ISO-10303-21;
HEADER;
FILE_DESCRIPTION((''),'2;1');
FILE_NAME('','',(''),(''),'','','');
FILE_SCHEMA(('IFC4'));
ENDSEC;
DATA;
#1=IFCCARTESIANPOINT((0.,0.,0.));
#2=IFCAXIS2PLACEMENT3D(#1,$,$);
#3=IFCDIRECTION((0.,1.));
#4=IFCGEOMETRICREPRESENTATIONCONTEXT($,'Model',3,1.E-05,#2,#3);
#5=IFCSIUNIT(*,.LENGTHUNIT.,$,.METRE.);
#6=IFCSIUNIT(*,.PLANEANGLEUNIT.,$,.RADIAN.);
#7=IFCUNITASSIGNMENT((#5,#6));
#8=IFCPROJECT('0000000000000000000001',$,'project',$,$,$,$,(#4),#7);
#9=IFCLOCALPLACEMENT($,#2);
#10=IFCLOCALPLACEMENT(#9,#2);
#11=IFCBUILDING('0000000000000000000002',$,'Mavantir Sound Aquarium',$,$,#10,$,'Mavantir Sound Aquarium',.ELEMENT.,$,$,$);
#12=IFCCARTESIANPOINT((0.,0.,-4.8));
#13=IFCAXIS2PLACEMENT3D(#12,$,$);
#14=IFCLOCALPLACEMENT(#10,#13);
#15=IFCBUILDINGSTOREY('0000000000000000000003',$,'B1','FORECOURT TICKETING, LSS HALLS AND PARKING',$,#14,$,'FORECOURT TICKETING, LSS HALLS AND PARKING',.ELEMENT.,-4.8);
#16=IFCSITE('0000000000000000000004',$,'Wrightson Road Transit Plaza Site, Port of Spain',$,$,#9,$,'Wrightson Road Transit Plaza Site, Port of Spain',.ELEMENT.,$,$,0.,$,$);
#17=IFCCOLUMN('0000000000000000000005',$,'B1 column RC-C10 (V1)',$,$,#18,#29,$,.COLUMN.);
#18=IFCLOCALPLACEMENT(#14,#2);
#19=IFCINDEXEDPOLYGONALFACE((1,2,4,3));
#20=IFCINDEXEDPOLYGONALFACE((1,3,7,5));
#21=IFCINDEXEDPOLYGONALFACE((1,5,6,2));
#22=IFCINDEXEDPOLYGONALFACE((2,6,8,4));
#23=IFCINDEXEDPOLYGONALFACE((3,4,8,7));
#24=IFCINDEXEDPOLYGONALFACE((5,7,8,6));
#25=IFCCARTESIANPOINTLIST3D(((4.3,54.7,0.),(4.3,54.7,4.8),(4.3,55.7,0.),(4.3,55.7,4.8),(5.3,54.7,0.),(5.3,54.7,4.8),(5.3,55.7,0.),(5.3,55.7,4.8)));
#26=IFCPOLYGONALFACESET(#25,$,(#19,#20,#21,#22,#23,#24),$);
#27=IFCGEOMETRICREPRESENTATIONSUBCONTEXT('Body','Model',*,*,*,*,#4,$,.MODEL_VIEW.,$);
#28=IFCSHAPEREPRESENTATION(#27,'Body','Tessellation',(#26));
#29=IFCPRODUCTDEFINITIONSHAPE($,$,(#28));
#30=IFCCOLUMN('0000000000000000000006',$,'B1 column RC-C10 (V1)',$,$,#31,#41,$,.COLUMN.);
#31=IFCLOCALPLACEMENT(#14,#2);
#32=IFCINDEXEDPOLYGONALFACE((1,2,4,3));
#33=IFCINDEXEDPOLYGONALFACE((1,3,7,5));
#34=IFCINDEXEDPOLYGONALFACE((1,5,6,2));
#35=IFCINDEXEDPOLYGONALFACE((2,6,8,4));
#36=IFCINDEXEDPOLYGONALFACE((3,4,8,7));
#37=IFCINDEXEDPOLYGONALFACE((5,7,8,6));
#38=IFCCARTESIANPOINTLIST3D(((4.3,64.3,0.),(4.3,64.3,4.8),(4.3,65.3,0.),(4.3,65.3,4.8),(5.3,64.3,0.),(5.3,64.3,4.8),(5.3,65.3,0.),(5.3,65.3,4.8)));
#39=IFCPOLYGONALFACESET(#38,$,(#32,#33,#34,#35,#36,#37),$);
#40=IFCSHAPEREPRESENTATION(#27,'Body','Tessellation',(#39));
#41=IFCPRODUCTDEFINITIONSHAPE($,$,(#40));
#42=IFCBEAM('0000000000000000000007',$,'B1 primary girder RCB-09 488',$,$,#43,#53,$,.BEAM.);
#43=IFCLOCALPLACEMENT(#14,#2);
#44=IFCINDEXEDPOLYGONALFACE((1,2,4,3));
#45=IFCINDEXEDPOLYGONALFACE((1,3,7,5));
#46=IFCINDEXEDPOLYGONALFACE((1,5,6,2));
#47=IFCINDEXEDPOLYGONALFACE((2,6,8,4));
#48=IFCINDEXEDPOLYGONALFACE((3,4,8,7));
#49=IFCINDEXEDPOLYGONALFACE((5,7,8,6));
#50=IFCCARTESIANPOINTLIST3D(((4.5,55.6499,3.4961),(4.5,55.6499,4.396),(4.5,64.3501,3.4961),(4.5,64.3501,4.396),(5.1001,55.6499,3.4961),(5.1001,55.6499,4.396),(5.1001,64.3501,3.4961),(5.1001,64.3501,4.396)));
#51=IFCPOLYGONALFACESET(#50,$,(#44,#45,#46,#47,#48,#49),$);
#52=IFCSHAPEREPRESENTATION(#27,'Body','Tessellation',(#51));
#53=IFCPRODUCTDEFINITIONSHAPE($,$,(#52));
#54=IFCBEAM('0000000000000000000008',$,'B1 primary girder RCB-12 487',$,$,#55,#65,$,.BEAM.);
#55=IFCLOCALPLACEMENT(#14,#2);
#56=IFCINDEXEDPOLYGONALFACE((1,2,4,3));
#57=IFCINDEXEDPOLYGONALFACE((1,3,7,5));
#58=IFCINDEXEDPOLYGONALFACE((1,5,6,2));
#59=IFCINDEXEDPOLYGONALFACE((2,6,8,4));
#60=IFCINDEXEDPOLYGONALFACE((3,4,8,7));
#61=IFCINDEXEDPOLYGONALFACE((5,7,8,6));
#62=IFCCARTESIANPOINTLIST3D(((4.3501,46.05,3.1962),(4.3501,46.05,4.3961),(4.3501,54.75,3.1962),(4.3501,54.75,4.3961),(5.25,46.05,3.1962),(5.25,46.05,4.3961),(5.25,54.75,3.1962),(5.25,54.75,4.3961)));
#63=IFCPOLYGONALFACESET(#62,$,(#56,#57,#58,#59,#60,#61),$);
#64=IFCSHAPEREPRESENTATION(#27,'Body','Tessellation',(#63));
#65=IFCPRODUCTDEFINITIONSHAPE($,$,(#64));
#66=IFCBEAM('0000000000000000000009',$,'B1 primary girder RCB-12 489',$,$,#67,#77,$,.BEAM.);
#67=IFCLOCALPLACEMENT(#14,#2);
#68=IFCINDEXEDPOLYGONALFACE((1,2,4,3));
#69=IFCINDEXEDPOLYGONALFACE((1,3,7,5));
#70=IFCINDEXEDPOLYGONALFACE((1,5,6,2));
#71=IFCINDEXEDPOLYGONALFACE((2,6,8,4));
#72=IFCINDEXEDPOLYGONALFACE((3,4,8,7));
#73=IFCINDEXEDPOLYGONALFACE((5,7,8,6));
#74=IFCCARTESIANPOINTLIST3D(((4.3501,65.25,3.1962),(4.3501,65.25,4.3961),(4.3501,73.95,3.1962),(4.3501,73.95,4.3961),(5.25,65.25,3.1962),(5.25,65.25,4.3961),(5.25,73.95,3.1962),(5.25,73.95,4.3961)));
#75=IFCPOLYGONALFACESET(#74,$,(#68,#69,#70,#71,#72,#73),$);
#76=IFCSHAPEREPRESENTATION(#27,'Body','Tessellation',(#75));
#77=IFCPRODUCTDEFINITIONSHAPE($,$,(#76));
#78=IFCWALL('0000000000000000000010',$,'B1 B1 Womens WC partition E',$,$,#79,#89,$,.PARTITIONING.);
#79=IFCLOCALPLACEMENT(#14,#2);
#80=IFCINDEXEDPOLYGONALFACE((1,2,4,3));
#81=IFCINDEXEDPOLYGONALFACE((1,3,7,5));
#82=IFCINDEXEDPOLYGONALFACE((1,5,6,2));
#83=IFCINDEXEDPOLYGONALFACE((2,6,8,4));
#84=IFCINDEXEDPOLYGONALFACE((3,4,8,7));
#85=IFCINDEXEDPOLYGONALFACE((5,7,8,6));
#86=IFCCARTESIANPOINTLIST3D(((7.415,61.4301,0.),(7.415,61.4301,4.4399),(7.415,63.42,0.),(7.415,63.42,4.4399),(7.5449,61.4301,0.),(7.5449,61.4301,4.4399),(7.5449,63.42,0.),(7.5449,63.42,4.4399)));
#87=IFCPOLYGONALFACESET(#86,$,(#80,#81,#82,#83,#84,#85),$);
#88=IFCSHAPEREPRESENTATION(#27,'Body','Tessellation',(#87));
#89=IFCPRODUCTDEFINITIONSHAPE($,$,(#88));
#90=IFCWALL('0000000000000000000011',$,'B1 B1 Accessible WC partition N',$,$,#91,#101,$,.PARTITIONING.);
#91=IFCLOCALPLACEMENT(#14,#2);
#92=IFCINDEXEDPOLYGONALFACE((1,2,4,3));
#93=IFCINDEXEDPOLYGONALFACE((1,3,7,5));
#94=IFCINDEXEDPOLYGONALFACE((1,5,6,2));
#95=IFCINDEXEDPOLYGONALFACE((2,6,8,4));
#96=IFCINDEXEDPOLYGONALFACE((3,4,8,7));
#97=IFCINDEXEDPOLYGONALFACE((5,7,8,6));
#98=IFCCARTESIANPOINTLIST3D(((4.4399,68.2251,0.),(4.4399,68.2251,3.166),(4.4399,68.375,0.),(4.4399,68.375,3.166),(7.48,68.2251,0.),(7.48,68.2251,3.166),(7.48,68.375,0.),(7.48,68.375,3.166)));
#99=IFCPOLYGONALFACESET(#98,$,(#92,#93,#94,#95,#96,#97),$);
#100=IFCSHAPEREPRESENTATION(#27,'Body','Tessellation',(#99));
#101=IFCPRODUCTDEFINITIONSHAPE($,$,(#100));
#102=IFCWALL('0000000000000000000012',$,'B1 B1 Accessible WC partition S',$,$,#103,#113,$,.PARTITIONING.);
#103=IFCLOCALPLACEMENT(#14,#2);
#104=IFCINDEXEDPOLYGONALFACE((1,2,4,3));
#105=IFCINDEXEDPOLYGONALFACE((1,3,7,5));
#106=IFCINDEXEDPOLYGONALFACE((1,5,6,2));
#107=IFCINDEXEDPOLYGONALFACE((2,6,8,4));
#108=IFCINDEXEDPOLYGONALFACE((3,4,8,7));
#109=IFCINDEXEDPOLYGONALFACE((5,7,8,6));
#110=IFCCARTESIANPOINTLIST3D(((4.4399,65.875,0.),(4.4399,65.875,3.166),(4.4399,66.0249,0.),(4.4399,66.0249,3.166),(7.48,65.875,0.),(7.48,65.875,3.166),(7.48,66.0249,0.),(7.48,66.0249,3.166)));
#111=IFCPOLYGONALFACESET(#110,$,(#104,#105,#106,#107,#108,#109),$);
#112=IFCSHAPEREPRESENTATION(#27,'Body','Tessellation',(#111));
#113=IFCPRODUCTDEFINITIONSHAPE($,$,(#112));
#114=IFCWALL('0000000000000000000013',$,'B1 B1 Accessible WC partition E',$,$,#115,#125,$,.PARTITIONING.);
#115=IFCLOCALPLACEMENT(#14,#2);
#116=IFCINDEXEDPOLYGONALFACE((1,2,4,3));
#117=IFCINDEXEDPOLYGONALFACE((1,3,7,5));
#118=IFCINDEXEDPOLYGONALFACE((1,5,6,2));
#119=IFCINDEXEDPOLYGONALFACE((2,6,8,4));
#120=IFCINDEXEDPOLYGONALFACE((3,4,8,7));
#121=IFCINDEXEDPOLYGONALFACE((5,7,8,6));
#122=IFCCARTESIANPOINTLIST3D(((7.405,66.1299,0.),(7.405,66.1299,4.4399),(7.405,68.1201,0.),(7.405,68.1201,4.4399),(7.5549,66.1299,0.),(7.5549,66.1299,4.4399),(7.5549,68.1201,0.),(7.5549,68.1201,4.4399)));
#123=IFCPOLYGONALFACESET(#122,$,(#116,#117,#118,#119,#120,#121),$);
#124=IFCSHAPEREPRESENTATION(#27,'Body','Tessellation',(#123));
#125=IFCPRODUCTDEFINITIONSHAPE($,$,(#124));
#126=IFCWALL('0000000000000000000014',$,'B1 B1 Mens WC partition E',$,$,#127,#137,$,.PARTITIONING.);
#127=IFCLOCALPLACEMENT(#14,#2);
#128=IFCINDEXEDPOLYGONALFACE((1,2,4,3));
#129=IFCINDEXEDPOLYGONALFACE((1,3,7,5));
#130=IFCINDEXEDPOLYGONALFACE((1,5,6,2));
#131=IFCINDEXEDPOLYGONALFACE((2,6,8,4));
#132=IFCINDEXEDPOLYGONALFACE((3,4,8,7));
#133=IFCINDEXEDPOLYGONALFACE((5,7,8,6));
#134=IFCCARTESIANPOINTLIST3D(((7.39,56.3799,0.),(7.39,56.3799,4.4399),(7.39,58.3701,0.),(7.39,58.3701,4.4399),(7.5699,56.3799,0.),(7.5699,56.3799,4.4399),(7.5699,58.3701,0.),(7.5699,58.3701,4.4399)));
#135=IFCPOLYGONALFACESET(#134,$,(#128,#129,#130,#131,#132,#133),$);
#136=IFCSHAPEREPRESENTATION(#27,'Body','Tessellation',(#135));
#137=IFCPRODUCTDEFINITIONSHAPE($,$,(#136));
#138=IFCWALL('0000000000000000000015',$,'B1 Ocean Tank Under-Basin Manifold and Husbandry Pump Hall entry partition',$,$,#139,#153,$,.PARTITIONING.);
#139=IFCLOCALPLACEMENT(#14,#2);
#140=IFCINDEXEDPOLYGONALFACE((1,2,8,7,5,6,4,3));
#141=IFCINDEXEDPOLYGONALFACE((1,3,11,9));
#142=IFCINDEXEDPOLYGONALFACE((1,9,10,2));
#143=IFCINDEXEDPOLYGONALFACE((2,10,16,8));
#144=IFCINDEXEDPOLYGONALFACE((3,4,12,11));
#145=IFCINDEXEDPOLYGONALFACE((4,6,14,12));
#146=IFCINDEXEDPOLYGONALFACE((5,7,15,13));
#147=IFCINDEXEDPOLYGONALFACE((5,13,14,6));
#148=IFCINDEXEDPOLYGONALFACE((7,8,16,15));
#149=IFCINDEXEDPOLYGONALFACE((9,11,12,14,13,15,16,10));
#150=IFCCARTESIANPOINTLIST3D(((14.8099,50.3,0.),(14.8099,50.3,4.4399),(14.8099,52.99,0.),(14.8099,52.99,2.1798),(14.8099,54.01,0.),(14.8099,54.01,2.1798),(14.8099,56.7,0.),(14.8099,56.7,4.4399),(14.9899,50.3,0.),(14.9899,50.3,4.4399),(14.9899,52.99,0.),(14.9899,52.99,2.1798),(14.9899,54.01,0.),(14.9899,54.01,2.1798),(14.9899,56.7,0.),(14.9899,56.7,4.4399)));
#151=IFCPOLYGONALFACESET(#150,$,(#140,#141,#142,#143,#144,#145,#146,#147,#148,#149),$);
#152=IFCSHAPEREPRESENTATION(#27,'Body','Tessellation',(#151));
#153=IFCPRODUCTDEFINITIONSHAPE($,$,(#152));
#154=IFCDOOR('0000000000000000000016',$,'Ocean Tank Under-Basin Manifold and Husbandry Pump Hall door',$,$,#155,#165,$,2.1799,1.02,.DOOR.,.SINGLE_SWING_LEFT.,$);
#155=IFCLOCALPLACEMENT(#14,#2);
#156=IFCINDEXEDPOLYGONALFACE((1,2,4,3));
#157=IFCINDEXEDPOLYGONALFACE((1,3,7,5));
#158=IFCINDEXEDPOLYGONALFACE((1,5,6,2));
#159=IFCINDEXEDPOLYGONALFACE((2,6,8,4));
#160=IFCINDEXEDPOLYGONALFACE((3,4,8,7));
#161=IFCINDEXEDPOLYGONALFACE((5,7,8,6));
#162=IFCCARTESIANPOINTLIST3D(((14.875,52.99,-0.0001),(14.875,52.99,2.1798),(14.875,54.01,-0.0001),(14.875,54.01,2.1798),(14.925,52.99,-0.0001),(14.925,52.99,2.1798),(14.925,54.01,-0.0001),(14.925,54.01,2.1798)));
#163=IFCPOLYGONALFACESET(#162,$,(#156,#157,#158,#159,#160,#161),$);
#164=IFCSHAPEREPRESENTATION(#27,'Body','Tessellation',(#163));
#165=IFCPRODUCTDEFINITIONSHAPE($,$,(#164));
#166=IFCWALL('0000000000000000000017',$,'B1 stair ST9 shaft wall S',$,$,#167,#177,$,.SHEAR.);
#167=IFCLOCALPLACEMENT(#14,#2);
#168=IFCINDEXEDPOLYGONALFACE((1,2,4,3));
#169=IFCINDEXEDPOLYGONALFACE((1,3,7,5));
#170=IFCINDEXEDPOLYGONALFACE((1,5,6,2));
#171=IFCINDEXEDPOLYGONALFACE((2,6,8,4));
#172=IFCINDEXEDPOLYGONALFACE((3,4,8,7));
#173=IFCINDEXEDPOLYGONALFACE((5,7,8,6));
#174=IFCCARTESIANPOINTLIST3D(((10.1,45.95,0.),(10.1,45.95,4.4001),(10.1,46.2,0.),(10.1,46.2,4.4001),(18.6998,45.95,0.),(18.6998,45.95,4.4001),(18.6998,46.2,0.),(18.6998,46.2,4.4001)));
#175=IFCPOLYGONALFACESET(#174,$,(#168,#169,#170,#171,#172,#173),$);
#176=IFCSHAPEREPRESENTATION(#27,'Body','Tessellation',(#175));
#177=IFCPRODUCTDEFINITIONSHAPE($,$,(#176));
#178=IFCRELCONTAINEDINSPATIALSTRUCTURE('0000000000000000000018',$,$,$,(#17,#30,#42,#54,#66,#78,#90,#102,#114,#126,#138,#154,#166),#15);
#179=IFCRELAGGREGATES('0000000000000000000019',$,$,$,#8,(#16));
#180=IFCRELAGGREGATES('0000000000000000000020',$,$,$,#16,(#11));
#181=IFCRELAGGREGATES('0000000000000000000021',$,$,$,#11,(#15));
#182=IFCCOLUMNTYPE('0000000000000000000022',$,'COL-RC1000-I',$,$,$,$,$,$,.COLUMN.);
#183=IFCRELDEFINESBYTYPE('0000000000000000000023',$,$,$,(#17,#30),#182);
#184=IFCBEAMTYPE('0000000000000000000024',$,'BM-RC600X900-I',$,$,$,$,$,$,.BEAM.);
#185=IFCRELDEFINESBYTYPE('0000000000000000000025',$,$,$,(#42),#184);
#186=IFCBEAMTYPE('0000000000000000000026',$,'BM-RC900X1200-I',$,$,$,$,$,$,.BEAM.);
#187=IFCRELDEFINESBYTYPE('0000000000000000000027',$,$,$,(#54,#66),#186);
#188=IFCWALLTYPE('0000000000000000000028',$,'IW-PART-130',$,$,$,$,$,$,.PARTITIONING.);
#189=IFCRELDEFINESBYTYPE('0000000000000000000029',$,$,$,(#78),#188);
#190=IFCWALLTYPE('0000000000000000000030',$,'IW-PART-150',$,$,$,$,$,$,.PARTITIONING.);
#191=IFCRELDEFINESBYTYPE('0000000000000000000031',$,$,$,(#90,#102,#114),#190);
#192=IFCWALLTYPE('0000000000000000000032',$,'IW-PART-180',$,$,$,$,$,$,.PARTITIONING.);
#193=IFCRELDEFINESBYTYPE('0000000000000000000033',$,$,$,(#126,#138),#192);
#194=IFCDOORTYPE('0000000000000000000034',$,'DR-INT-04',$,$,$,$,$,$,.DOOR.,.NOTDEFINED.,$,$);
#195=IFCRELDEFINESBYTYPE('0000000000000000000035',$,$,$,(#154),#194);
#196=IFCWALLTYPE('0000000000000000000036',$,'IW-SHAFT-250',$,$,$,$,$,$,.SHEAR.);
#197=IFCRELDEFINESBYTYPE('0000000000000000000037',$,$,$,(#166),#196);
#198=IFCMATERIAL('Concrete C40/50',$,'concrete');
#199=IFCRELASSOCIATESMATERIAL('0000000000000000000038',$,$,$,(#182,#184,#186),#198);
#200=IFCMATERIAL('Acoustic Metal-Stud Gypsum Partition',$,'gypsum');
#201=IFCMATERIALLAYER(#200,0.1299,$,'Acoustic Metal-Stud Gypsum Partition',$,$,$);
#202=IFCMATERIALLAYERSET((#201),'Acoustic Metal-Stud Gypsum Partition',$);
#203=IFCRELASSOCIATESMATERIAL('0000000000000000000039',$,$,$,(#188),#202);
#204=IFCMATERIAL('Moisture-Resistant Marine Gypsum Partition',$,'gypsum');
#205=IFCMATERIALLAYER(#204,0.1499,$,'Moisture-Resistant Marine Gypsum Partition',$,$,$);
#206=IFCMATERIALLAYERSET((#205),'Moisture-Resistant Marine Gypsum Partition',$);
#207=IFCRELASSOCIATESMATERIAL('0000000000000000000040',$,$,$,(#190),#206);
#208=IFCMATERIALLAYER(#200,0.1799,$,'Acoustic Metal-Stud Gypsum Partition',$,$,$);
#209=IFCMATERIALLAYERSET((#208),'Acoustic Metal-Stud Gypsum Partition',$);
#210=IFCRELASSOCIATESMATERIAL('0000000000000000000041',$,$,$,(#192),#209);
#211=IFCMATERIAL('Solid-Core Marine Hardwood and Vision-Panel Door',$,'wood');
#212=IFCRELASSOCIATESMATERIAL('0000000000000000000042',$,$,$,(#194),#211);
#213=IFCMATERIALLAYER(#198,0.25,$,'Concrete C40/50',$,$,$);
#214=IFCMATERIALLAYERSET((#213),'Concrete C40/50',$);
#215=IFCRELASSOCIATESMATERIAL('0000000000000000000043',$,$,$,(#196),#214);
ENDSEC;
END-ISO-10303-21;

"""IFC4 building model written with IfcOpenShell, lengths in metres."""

from ifc_helpers import new_model, si_unit, direction, frame, frame_2d, origin, origin_2d, place, context, subcontext, project, spatial, rectangle, extrude, material, layer, layer_set, material_profile, profile_set, type_object, element, fill, save


model = new_model("IFC4")

# Units and contexts
model_context = context("Model", 3, precision=1e-05, world=origin(), true_north=direction((0.0, 1.0)))
body_context = subcontext(model_context, "Body", "Model", "MODEL_VIEW")
ifc_project = project(units=[si_unit("LENGTHUNIT", "METRE"), si_unit("PLANEANGLEUNIT", "RADIAN")], contexts=[model_context])

# Site, building, storey
site_placement = place(None, origin())
site = spatial("IfcSite", under=ifc_project, at=site_placement, Name="Wrightson Road Transit Plaza Site, Port of Spain", LongName="Wrightson Road Transit Plaza Site, Port of Spain", CompositionType="ELEMENT", RefElevation=0.0)
building_placement = place(site_placement, origin())
building = spatial("IfcBuilding", under=site, at=building_placement, Name="Mavantir Sound Aquarium", LongName="Mavantir Sound Aquarium", CompositionType="ELEMENT")
storey_placement = place(building_placement, frame((0.0, 0.0, -4.8)))
storey = spatial("IfcBuildingStorey", under=building, at=storey_placement, Name="B1", Description="FORECOURT TICKETING, LSS HALLS AND PARKING", LongName="FORECOURT TICKETING, LSS HALLS AND PARKING", CompositionType="ELEMENT", Elevation=-4.8)

# Columns
ifc_material_1 = material(Name="Concrete C40/50", Category="concrete")
ifc_material_profile_1 = material_profile(ifc_material_1, rectangle(XDim=1.0, YDim=1.0, at=origin_2d()), Name="RC 1000X1000")
ifc_profile_set_1 = profile_set([ifc_material_profile_1], Name="Concrete C40/50")
column_type = type_object("IfcColumnType", Name="COL-RC1000-I", PredefinedType="COLUMN", material=ifc_profile_set_1)
for number, where, z_axis, x_axis, name in (
    (1, (4.8, 55.2, 0.0), (0.0, 0.0, 1.0), (1.0, 0.0, 0.0), "B1 column RC-C10 (V1)"),
    (2, (4.8, 64.8, 0.0), (0.0, 0.0, 1.0), (1.0, 0.0, 0.0), "B1 column RC-C10 (V1)"),
):
    element("IfcColumn", number, at=place(storey_placement, frame(where, z_axis=z_axis, x_axis=x_axis)), inside=storey, type_object=column_type, Name=name, PredefinedType="COLUMN", context=body_context, shape_type="SweptSolid", body=[
        extrude(rectangle(XDim=1.0, YDim=1.0, at=origin_2d()), origin(), (0.0, 0.0, 1.0), 4.8),
    ])

# Beams
ifc_material_profile_2 = material_profile(ifc_material_1, rectangle(XDim=0.6001, YDim=0.8999, at=origin_2d()), Name="RC 600X900")
ifc_profile_set_2 = profile_set([ifc_material_profile_2], Name="Concrete C40/50")
beam_type_1 = type_object("IfcBeamType", Name="BM-RC600X900-I", PredefinedType="BEAM", material=ifc_profile_set_2)
beam_placement = place(storey_placement, frame((4.8, 55.6499, 3.946), z_axis=(0.0, 1.0, 0.0), x_axis=(-1.0, 0.0, 0.0)))
element("IfcBeam", 3, at=beam_placement, inside=storey, type_object=beam_type_1, Name="B1 primary girder RCB-09 488", PredefinedType="BEAM", context=body_context, shape_type="SweptSolid", body=[
    extrude(rectangle(XDim=0.6001, YDim=0.8999, at=origin_2d()), origin(), (0.0, 0.0, 1.0), 8.7002),
])
ifc_material_profile_3 = material_profile(ifc_material_1, rectangle(XDim=0.8999, YDim=1.2, at=origin_2d()), Name="RC 900X1200")
ifc_profile_set_3 = profile_set([ifc_material_profile_3], Name="Concrete C40/50")
beam_type_2 = type_object("IfcBeamType", Name="BM-RC900X1200-I", PredefinedType="BEAM", material=ifc_profile_set_3)
for number, where, z_axis, x_axis, name in (
    (4, (4.8, 46.05, 3.7961), (0.0, 1.0, 0.0), (-1.0, 0.0, 0.0), "B1 primary girder RCB-12 487"),
    (5, (4.8, 65.25, 3.7961), (0.0, 1.0, 0.0), (-1.0, 0.0, 0.0), "B1 primary girder RCB-12 489"),
):
    element("IfcBeam", number, at=place(storey_placement, frame(where, z_axis=z_axis, x_axis=x_axis)), inside=storey, type_object=beam_type_2, Name=name, PredefinedType="BEAM", context=body_context, shape_type="SweptSolid", body=[
        extrude(rectangle(XDim=0.8999, YDim=1.2, at=origin_2d()), origin(), (0.0, 0.0, 1.0), 8.7),
    ])

# Walls
ifc_material_2 = material(Name="Acoustic Metal-Stud Gypsum Partition", Category="gypsum")
ifc_layer_1 = layer(ifc_material_2, 0.1299, Name="Acoustic Metal-Stud Gypsum Partition")
ifc_layer_set_1 = layer_set([ifc_layer_1], Name="Acoustic Metal-Stud Gypsum Partition")
wall_type_1 = type_object("IfcWallType", Name="IW-PART-130", PredefinedType="PARTITIONING", material=ifc_layer_set_1)
wall_1_placement = place(storey_placement, frame((7.48, 61.4299, 0.0), z_axis=(0.0, 0.0, 1.0), x_axis=(0.0, 1.0, 0.0)))
element("IfcWall", 6, at=wall_1_placement, inside=storey, type_object=wall_type_1, Name="B1 B1 Womens WC partition E", PredefinedType="PARTITIONING", context=body_context, shape_type="SweptSolid", body=[
    extrude(rectangle(XDim=1.99, YDim=0.1299, at=frame_2d((0.9951, 0.0))), origin(), (0.0, 0.0, 1.0), 4.4399),
])
ifc_material_3 = material(Name="Moisture-Resistant Marine Gypsum Partition", Category="gypsum")
ifc_layer_2 = layer(ifc_material_3, 0.1499, Name="Moisture-Resistant Marine Gypsum Partition")
ifc_layer_set_2 = layer_set([ifc_layer_2], Name="Moisture-Resistant Marine Gypsum Partition")
wall_type_2 = type_object("IfcWallType", Name="IW-PART-150", PredefinedType="PARTITIONING", material=ifc_layer_set_2)
for number, where, z_axis, x_axis, name in (
    (7, (4.4399, 68.3, 0.0), (0.0, 0.0, 1.0), (1.0, 0.0, 0.0), "B1 B1 Accessible WC partition N"),
    (8, (4.4399, 65.95, 0.0), (0.0, 0.0, 1.0), (1.0, 0.0, 0.0), "B1 B1 Accessible WC partition S"),
):
    element("IfcWall", number, at=place(storey_placement, frame(where, z_axis=z_axis, x_axis=x_axis)), inside=storey, type_object=wall_type_2, Name=name, PredefinedType="PARTITIONING", context=body_context, shape_type="SweptSolid", body=[
        extrude(rectangle(XDim=3.04, YDim=0.1499, at=frame_2d((1.52, 0.0))), origin(), (0.0, 0.0, 1.0), 3.166),
    ])

# Shared definitions
ifc_material_4 = material(Name="Solid-Core Marine Hardwood and Vision-Panel Door", Category="wood")

# Walls
wall_2_placement = place(storey_placement, frame((7.48, 66.1299, 0.0), z_axis=(0.0, 0.0, 1.0), x_axis=(0.0, 1.0, 0.0)))
element("IfcWall", 9, at=wall_2_placement, inside=storey, type_object=wall_type_2, Name="B1 B1 Accessible WC partition E", PredefinedType="PARTITIONING", context=body_context, shape_type="SweptSolid", body=[
    extrude(rectangle(XDim=1.9902, YDim=0.1499, at=frame_2d((0.9951, 0.0))), origin(), (0.0, 0.0, 1.0), 4.4399),
])
ifc_layer_3 = layer(ifc_material_2, 0.1799, Name="Acoustic Metal-Stud Gypsum Partition")
ifc_layer_set_3 = layer_set([ifc_layer_3], Name="Acoustic Metal-Stud Gypsum Partition")
wall_type_3 = type_object("IfcWallType", Name="IW-PART-180", PredefinedType="PARTITIONING", material=ifc_layer_set_3)
wall_3_placement = place(storey_placement, frame((7.48, 56.3799, 0.0), z_axis=(0.0, 0.0, 1.0), x_axis=(0.0, 1.0, 0.0)))
element("IfcWall", 10, at=wall_3_placement, inside=storey, type_object=wall_type_3, Name="B1 B1 Mens WC partition E", PredefinedType="PARTITIONING", context=body_context, shape_type="SweptSolid", body=[
    extrude(rectangle(XDim=1.9902, YDim=0.1799, at=frame_2d((0.9951, 0.0))), origin(), (0.0, 0.0, 1.0), 4.4399),
])

# Wall, opening, door
wall_4_placement = place(storey_placement, frame((14.8999, 50.3, 0.0), z_axis=(0.0, 0.0, 1.0), x_axis=(0.0, 1.0, 0.0)))
wall_4 = element("IfcWall", 11, at=wall_4_placement, inside=storey, type_object=wall_type_3, Name="B1 Ocean Tank Under-Basin Manifold and Husbandry Pump Hall entry partition", PredefinedType="PARTITIONING", context=body_context, shape_type="SweptSolid", body=[
    extrude(rectangle(XDim=6.3999, YDim=0.1799, at=frame_2d((3.2, 0.0))), origin(), (0.0, 0.0, 1.0), 4.4399),
])
opening_1_placement = place(wall_4_placement, frame((2.6899, 0.0, 0.0)))
opening_1 = element("IfcOpeningElement", 12, at=opening_1_placement, cuts=wall_4, PredefinedType="OPENING", context=body_context, shape_type="SweptSolid", body=[
    extrude(rectangle(XDim=1.02, YDim=2.1799, at=frame_2d((0.51, 1.0898))), frame((0.0, 0.1001, 0.0), z_axis=(0.0, -1.0, 0.0), x_axis=(1.0, 0.0, 0.0)), (0.0, 0.0, 1.0), 0.2),
])
door_type_1 = type_object("IfcDoorType", Name="DR-INT-04", OperationType="NOTDEFINED", PredefinedType="DOOR", material=ifc_material_4)
door_1_placement = place(opening_1_placement, origin())
door_1 = element("IfcDoor", 13, at=door_1_placement, inside=storey, type_object=door_type_1, Name="Ocean Tank Under-Basin Manifold and Husbandry Pump Hall door", OperationType="SINGLE_SWING_LEFT", OverallHeight=2.1799, OverallWidth=1.02, PredefinedType="DOOR", context=body_context, shape_type="SweptSolid", body=[
    extrude(rectangle(XDim=1.02, YDim=2.1799, at=frame_2d((0.51, 1.0898))), frame((0.0, 0.0249, 0.0), z_axis=(0.0, -1.0, 0.0), x_axis=(1.0, 0.0, 0.0)), (0.0, 0.0, 1.0), 0.05),
])
fill(opening_1, door_1)

# Wall
ifc_layer_4 = layer(ifc_material_1, 0.25, Name="Concrete C40/50")
ifc_layer_set_4 = layer_set([ifc_layer_4], Name="Concrete C40/50")
wall_type_4 = type_object("IfcWallType", Name="IW-SHAFT-250", PredefinedType="SHEAR", material=ifc_layer_set_4)
wall_5_placement = place(storey_placement, frame((10.1001, 46.075, 0.0), z_axis=(0.0, 0.0, 1.0), x_axis=(1.0, 0.0, 0.0)))
element("IfcWall", 14, at=wall_5_placement, inside=storey, type_object=wall_type_4, Name="B1 stair ST9 shaft wall S", PredefinedType="SHEAR", context=body_context, shape_type="SweptSolid", body=[
    extrude(rectangle(XDim=8.5999, YDim=0.25, at=frame_2d((4.2998, 0.0))), origin(), (0.0, 0.0, 1.0), 4.4001),
])

save(model, "model.ifc")
